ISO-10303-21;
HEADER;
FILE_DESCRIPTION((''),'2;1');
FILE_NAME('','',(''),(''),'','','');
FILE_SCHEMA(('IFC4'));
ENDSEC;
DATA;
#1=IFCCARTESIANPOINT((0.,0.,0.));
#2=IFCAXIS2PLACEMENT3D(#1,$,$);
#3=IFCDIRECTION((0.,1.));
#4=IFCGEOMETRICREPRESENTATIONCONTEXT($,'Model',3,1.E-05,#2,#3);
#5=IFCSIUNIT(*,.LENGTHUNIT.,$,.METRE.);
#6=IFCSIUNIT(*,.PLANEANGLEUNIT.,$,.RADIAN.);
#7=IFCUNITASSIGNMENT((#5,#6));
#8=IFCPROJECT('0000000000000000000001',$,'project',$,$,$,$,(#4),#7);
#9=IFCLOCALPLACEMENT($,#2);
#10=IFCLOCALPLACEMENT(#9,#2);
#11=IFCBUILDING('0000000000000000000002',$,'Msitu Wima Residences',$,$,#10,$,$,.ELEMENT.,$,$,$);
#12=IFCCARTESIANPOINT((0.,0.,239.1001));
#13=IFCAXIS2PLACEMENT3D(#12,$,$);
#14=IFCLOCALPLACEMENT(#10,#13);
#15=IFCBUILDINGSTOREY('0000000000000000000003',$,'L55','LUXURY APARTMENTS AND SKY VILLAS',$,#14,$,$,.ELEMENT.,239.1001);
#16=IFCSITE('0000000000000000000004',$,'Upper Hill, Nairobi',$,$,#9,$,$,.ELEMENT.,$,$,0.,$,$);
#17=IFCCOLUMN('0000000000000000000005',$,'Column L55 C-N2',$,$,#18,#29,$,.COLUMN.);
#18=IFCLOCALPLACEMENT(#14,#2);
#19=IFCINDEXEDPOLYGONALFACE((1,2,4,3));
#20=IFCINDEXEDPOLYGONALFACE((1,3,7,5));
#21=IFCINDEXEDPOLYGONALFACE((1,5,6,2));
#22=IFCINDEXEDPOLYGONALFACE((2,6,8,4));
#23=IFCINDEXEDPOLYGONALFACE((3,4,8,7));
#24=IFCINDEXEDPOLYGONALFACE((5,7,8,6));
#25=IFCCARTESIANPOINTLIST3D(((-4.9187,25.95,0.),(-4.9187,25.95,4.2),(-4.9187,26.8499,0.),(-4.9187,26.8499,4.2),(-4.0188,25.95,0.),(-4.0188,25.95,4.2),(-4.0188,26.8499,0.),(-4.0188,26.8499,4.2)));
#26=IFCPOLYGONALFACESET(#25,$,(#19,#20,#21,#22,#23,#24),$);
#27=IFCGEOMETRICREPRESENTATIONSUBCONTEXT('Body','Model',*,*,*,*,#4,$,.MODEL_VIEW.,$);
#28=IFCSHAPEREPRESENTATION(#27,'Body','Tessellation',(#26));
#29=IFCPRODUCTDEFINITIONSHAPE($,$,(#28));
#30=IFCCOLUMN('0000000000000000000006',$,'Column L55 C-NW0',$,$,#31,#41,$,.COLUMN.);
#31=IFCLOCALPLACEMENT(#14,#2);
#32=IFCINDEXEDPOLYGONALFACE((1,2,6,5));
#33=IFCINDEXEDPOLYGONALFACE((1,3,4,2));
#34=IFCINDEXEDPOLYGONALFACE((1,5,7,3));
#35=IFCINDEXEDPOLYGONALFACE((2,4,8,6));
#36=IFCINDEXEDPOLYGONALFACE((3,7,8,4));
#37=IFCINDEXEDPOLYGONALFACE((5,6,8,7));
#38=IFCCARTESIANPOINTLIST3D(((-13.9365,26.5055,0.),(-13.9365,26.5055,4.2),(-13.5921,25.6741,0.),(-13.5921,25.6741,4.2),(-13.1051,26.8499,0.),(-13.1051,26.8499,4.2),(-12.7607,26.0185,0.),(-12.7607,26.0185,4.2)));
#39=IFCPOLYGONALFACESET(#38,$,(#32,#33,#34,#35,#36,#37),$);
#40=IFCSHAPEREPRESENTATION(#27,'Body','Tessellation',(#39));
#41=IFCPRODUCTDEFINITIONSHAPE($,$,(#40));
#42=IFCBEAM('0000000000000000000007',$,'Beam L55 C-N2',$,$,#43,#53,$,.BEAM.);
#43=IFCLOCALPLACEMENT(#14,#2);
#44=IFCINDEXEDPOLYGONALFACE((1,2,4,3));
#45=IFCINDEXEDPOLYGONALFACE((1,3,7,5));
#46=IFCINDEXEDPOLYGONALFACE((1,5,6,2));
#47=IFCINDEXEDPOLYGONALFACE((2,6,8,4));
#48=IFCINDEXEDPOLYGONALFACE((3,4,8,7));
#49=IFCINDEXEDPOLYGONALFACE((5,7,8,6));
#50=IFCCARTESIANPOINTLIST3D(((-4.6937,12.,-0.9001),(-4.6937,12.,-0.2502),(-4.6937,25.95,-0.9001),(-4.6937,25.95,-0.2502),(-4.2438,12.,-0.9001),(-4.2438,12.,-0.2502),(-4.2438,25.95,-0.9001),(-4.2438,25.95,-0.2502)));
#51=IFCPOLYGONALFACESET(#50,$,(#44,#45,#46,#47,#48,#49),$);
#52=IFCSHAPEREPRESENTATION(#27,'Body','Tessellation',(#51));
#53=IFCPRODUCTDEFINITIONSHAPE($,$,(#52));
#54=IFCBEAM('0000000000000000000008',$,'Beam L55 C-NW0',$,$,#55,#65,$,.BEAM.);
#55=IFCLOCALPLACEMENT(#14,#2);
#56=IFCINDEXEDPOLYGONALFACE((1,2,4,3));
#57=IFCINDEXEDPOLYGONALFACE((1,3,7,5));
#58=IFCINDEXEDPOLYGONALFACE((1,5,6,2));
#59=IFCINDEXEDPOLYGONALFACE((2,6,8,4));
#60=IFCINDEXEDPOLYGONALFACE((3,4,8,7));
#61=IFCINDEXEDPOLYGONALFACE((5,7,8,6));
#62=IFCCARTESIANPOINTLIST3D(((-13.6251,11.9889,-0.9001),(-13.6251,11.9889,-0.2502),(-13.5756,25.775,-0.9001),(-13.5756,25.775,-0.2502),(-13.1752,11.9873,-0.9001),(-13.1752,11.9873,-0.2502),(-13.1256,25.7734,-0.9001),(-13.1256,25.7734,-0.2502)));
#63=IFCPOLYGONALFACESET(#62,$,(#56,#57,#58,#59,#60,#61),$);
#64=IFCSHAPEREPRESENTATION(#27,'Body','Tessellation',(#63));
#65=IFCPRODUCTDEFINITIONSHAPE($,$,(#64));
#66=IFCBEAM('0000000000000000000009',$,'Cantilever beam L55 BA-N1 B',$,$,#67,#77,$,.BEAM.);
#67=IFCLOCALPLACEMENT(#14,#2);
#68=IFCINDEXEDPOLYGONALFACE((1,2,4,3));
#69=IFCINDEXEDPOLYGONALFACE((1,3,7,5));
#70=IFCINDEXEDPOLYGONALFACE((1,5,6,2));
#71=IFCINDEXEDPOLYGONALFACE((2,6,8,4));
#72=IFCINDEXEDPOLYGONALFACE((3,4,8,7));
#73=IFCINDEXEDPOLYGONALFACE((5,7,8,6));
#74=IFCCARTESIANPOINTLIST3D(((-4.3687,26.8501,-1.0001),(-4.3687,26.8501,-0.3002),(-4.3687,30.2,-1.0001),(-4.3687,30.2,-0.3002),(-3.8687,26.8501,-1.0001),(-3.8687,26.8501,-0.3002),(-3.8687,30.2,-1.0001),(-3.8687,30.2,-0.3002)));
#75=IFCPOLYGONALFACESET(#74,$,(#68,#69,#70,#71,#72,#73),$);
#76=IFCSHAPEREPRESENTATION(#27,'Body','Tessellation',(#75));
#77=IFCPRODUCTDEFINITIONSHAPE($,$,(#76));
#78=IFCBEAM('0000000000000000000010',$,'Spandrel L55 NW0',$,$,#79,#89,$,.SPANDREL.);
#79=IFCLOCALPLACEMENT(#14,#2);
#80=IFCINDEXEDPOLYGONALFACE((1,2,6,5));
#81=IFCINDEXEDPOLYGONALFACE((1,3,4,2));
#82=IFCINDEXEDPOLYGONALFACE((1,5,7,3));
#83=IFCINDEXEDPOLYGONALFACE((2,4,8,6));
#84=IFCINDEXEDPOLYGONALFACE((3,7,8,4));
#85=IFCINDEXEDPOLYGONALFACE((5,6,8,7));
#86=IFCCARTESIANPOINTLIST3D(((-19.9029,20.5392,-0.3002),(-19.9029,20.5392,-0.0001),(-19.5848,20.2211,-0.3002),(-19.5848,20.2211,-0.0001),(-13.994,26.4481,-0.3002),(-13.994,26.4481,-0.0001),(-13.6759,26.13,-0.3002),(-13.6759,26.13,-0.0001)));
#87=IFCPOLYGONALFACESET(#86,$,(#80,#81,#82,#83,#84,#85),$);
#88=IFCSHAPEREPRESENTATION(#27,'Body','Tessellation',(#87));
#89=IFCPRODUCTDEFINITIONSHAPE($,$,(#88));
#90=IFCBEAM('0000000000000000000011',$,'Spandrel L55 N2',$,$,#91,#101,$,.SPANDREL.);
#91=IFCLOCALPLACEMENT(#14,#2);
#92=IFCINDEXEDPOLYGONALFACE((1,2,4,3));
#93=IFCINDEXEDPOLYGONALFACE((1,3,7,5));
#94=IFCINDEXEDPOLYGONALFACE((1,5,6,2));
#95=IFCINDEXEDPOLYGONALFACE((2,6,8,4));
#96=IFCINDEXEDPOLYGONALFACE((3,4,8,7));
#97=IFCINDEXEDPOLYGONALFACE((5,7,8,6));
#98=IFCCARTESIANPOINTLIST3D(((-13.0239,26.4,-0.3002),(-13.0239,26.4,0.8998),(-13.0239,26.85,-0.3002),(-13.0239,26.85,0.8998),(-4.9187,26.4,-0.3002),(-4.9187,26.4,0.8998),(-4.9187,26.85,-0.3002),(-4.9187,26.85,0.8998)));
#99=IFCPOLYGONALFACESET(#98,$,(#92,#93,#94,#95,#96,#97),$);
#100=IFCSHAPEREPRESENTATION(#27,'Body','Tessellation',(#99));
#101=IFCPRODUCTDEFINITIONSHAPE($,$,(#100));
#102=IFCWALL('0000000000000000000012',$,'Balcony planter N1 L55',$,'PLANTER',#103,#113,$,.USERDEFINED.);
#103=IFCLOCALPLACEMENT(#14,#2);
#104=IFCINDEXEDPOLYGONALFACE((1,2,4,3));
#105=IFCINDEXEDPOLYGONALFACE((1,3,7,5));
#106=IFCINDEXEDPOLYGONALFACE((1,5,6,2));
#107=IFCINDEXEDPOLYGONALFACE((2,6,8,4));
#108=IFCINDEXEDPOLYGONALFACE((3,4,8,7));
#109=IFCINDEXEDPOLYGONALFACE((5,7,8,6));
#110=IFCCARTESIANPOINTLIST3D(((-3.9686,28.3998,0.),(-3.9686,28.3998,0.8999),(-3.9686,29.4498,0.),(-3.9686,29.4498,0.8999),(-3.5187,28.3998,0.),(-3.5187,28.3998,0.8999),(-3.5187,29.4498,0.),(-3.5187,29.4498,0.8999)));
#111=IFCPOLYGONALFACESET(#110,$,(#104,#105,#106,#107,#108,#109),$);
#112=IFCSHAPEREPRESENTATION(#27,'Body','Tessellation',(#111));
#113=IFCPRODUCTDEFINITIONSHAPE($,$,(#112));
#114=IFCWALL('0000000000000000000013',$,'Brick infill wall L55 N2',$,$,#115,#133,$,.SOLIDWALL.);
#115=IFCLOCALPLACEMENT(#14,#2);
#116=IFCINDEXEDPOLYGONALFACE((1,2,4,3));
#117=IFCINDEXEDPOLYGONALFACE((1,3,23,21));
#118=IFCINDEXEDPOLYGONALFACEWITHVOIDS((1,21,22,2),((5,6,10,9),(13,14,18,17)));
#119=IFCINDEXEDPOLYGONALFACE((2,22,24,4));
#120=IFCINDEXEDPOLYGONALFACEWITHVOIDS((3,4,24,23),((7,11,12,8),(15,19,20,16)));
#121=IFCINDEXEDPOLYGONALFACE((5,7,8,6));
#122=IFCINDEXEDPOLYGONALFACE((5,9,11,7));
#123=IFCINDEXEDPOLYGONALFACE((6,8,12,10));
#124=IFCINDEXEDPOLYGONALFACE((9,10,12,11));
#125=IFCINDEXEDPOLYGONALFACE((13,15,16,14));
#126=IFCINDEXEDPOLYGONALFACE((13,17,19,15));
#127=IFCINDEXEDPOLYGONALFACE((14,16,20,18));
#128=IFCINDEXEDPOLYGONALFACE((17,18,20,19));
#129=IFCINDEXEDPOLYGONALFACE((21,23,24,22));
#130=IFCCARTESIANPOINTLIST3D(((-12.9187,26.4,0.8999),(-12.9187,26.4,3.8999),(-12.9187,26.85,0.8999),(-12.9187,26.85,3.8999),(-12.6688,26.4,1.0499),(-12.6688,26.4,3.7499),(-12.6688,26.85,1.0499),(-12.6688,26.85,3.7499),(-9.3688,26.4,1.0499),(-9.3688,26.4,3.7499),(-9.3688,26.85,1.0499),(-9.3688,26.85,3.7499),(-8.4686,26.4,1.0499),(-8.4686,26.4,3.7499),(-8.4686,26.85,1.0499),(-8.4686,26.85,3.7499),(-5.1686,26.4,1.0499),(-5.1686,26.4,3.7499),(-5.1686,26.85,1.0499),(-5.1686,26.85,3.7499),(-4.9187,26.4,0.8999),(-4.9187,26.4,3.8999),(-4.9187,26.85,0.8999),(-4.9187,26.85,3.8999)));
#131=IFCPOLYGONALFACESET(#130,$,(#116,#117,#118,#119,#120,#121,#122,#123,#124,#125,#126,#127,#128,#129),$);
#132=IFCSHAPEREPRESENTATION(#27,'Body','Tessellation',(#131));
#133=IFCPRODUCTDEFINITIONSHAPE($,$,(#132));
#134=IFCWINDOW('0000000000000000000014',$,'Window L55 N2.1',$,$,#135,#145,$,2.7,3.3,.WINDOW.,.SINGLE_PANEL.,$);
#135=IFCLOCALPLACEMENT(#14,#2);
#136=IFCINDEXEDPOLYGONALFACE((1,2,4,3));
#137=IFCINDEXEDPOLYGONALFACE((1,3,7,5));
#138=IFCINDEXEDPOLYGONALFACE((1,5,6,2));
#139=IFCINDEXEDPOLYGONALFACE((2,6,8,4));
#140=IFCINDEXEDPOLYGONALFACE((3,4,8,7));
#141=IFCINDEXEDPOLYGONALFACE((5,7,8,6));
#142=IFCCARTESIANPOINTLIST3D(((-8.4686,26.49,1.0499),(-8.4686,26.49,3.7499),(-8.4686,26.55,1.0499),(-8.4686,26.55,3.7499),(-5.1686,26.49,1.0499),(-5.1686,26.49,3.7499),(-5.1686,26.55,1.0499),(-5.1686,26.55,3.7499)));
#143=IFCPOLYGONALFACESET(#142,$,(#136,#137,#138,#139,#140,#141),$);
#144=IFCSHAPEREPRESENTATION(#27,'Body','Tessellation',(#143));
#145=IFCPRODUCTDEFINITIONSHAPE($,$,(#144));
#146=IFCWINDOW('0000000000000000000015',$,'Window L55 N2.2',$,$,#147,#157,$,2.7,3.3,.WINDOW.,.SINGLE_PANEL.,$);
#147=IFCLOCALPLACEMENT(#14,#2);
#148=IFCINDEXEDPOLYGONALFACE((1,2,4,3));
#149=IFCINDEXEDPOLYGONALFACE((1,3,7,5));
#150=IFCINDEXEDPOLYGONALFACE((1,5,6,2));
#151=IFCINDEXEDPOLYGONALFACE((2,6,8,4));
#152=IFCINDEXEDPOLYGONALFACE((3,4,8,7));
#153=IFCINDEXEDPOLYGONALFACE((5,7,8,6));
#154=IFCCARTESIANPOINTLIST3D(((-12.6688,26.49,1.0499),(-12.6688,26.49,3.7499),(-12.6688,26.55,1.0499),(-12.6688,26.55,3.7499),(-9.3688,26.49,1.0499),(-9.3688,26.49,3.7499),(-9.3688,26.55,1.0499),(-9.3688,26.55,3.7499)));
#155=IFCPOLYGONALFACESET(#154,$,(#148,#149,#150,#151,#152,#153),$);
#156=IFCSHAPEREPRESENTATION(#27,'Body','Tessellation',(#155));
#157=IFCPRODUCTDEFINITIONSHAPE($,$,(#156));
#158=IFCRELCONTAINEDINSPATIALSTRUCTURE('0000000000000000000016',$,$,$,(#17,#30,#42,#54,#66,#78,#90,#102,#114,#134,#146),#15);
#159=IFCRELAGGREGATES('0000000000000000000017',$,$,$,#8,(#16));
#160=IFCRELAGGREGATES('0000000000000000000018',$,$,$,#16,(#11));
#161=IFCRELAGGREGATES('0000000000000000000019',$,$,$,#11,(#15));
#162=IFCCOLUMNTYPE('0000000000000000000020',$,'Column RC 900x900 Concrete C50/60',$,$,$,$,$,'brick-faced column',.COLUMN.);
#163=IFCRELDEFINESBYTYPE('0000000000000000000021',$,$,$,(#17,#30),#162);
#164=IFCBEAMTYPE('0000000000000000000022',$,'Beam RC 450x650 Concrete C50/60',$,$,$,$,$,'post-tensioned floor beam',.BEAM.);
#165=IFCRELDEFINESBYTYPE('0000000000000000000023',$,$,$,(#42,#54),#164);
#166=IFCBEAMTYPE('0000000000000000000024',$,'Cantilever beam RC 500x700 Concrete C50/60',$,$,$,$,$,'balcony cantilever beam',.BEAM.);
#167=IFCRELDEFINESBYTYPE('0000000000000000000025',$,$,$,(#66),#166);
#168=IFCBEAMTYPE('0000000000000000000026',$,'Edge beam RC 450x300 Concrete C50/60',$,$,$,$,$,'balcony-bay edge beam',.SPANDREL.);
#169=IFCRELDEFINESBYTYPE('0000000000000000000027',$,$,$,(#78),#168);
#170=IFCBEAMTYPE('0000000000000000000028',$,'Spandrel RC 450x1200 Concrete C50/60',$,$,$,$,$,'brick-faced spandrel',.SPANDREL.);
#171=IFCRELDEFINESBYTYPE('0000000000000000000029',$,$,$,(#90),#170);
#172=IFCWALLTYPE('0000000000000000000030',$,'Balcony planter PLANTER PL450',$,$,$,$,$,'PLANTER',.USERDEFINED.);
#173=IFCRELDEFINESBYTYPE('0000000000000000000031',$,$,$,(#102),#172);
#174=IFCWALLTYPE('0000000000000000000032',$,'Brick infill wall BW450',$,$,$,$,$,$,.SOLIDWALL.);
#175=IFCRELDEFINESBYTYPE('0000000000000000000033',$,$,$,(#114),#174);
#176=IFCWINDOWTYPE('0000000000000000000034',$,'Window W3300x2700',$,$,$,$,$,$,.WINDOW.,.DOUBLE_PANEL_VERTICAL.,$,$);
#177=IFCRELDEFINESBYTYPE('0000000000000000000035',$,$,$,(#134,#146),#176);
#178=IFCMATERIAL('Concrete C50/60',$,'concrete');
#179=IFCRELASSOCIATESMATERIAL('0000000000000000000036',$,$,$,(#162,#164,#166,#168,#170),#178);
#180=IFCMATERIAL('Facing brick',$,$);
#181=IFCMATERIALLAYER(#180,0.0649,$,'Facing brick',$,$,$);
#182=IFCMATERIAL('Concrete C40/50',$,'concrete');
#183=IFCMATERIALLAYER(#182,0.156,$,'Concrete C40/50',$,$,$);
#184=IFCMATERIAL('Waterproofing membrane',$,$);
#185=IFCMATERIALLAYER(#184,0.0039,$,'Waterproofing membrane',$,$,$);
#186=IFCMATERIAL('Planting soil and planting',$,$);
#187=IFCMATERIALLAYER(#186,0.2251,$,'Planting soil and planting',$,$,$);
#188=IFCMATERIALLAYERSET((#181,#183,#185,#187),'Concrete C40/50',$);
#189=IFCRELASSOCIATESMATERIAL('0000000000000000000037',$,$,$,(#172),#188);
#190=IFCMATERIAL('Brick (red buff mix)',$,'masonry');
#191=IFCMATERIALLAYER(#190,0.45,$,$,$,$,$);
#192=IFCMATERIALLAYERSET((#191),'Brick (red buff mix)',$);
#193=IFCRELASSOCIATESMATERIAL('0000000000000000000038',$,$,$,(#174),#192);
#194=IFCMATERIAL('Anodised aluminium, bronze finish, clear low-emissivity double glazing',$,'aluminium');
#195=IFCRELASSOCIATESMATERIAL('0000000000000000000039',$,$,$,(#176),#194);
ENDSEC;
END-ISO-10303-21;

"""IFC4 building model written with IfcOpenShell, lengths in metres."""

from ifc_helpers import new_model, si_unit, direction, frame, frame_2d, origin, origin_2d, place, context, subcontext, project, spatial, rectangle, extrude, material, layer, layer_set, material_profile, profile_set, type_object, element, fill, save


model = new_model("IFC4")

# Units and contexts
model_context = context("Model", 3, precision=1e-05, world=origin(), true_north=direction((0.0, 1.0)))
body_context = subcontext(model_context, "Body", "Model", "MODEL_VIEW")
ifc_project = project(units=[si_unit("LENGTHUNIT", "METRE"), si_unit("PLANEANGLEUNIT", "RADIAN")], contexts=[model_context])

# Site, building, storey
site_placement = place(None, origin())
site = spatial("IfcSite", under=ifc_project, at=site_placement, Name="Upper Hill, Nairobi", CompositionType="ELEMENT", RefElevation=0.0)
building_placement = place(site_placement, origin())
building = spatial("IfcBuilding", under=site, at=building_placement, Name="Msitu Wima Residences", CompositionType="ELEMENT")
storey_placement = place(building_placement, frame((0.0, 0.0, 239.1001)))
storey = spatial("IfcBuildingStorey", under=building, at=storey_placement, Name="L55", Description="LUXURY APARTMENTS AND SKY VILLAS", CompositionType="ELEMENT", Elevation=239.1001)

# Columns
ifc_material_1 = material(Name="Concrete C50/60", Category="concrete")
ifc_material_profile_1 = material_profile(ifc_material_1, rectangle(XDim=0.8999, YDim=0.8999, at=origin_2d()), Name="RC 900x900")
ifc_profile_set_1 = profile_set([ifc_material_profile_1], Name="Concrete C50/60")
column_type = type_object("IfcColumnType", Name="Column RC 900x900 Concrete C50/60", ElementType="brick-faced column", PredefinedType="COLUMN", material=ifc_profile_set_1)
for number, where, z_axis, x_axis, name in (
    (1, (-4.4688, 26.3999, 0.0), (0.0, 0.0, 1.0), (-1.0, 0.0, 0.0), "Column L55 C-N2"),
    (2, (-13.3486, 26.262, 0.0), (0.0, 0.0, 1.0), (-0.92388, -0.382683, 0.0), "Column L55 C-NW0"),
):
    element("IfcColumn", number, at=place(storey_placement, frame(where, z_axis=z_axis, x_axis=x_axis)), inside=storey, type_object=column_type, Name=name, PredefinedType="COLUMN", context=body_context, shape_type="SweptSolid", body=[
        extrude(rectangle(XDim=0.8999, YDim=0.8999, at=origin_2d()), origin(), (0.0, 0.0, 1.0), 4.2),
    ])

# Beams
ifc_material_profile_2 = material_profile(ifc_material_1, rectangle(XDim=0.45, YDim=0.6499, at=origin_2d()), Name="RC 450x650")
ifc_profile_set_2 = profile_set([ifc_material_profile_2], Name="Concrete C50/60")
beam_type_1 = type_object("IfcBeamType", Name="Beam RC 450x650 Concrete C50/60", ElementType="post-tensioned floor beam", PredefinedType="BEAM", material=ifc_profile_set_2)
beam_1_placement = place(storey_placement, frame((-4.4688, 25.95, -0.5752), z_axis=(0.0, -1.0, 0.0), x_axis=(1.0, 0.0, 0.0)))
element("IfcBeam", 3, at=beam_1_placement, inside=storey, type_object=beam_type_1, Name="Beam L55 C-N2", PredefinedType="BEAM", context=body_context, shape_type="SweptSolid", body=[
    extrude(rectangle(XDim=0.45, YDim=0.6499, at=origin_2d()), origin(), (0.0, 0.0, 1.0), 13.95),
])
beam_2_placement = place(storey_placement, frame((-13.3506, 25.7742, -0.5752), z_axis=(-0.003595, -0.999994, 0.0), x_axis=(0.999994, -0.003595, 0.0)))
element("IfcBeam", 4, at=beam_2_placement, inside=storey, type_object=beam_type_1, Name="Beam L55 C-NW0", PredefinedType="BEAM", context=body_context, shape_type="SweptSolid", body=[
    extrude(rectangle(XDim=0.45, YDim=0.6499, at=origin_2d()), origin(), (0.0, 0.0, 1.0), 13.7861),
])
ifc_material_profile_3 = material_profile(ifc_material_1, rectangle(XDim=0.5, YDim=0.7, at=origin_2d()), Name="RC 500x700")
ifc_profile_set_3 = profile_set([ifc_material_profile_3], Name="Concrete C50/60")
beam_type_2 = type_object("IfcBeamType", Name="Cantilever beam RC 500x700 Concrete C50/60", ElementType="balcony cantilever beam", PredefinedType="BEAM", material=ifc_profile_set_3)
beam_3_placement = place(storey_placement, frame((-4.1187, 26.8501, -0.6501), z_axis=(0.0, 1.0, 0.0), x_axis=(-1.0, 0.0, 0.0)))
element("IfcBeam", 5, at=beam_3_placement, inside=storey, type_object=beam_type_2, Name="Cantilever beam L55 BA-N1 B", PredefinedType="BEAM", context=body_context, shape_type="SweptSolid", body=[
    extrude(rectangle(XDim=0.5, YDim=0.7, at=origin_2d()), origin(), (0.0, 0.0, 1.0), 3.3499),
])
ifc_material_profile_4 = material_profile(ifc_material_1, rectangle(XDim=0.45, YDim=0.3, at=origin_2d()), Name="RC 450x300")
ifc_profile_set_4 = profile_set([ifc_material_profile_4], Name="Concrete C50/60")
beam_type_3 = type_object("IfcBeamType", Name="Edge beam RC 450x300 Concrete C50/60", ElementType="balcony-bay edge beam", PredefinedType="SPANDREL", material=ifc_profile_set_4)
beam_4_placement = place(storey_placement, frame((-13.835, 26.2891, -0.1501), z_axis=(-0.707107, -0.707107, 0.0), x_axis=(0.707107, -0.707107, 0.0)))
element("IfcBeam", 6, at=beam_4_placement, inside=storey, type_object=beam_type_3, Name="Spandrel L55 NW0", PredefinedType="SPANDREL", context=body_context, shape_type="SweptSolid", body=[
    extrude(rectangle(XDim=0.45, YDim=0.3, at=origin_2d()), origin(), (0.0, 0.0, 1.0), 8.3564),
])
ifc_material_profile_5 = material_profile(ifc_material_1, rectangle(XDim=0.45, YDim=1.2, at=origin_2d()), Name="RC 450x1200")
ifc_profile_set_5 = profile_set([ifc_material_profile_5], Name="Concrete C50/60")
beam_type_4 = type_object("IfcBeamType", Name="Spandrel RC 450x1200 Concrete C50/60", ElementType="brick-faced spandrel", PredefinedType="SPANDREL", material=ifc_profile_set_5)
beam_5_placement = place(storey_placement, frame((-4.9187, 26.625, 0.2998), z_axis=(-1.0, 0.0, 0.0), x_axis=(0.0, -1.0, 0.0)))
element("IfcBeam", 7, at=beam_5_placement, inside=storey, type_object=beam_type_4, Name="Spandrel L55 N2", PredefinedType="SPANDREL", context=body_context, shape_type="SweptSolid", body=[
    extrude(rectangle(XDim=0.45, YDim=1.2, at=origin_2d()), origin(), (0.0, 0.0, 1.0), 8.1052),
])

# Wall
ifc_material_2 = material(Name="Facing brick")
ifc_layer_1 = layer(ifc_material_2, 0.0649, Name="Facing brick")
ifc_material_3 = material(Name="Concrete C40/50", Category="concrete")
ifc_layer_2 = layer(ifc_material_3, 0.156, Name="Concrete C40/50")
ifc_material_4 = material(Name="Waterproofing membrane")
ifc_layer_3 = layer(ifc_material_4, 0.0039, Name="Waterproofing membrane")
ifc_material_5 = material(Name="Planting soil and planting")
ifc_layer_4 = layer(ifc_material_5, 0.2251, Name="Planting soil and planting")
ifc_layer_set_1 = layer_set([ifc_layer_1, ifc_layer_2, ifc_layer_3, ifc_layer_4], Name="Concrete C40/50")
wall_type_1 = type_object("IfcWallType", Name="Balcony planter PLANTER PL450", ElementType="PLANTER", PredefinedType="USERDEFINED", material=ifc_layer_set_1)
wall_1_placement = place(storey_placement, frame((-3.7437, 28.3999, 0.0), z_axis=(0.0, 0.0, 1.0), x_axis=(0.0, 1.0, 0.0)))
element("IfcWall", 8, at=wall_1_placement, inside=storey, type_object=wall_type_1, Name="Balcony planter N1 L55", ObjectType="PLANTER", PredefinedType="USERDEFINED", context=body_context, shape_type="SweptSolid", body=[
    extrude(rectangle(XDim=1.05, YDim=0.45, at=frame_2d((0.5249, 0.0))), origin(), (0.0, 0.0, 1.0), 0.8999),
])

# Wall, openings, windows
ifc_material_6 = material(Name="Brick (red buff mix)", Category="masonry")
ifc_layer_5 = layer(ifc_material_6, 0.45)
ifc_layer_set_2 = layer_set([ifc_layer_5], Name="Brick (red buff mix)")
wall_type_2 = type_object("IfcWallType", Name="Brick infill wall BW450", PredefinedType="SOLIDWALL", material=ifc_layer_set_2)
wall_2_placement = place(storey_placement, frame((-4.9187, 26.625, 0.8999), z_axis=(0.0, 0.0, 1.0), x_axis=(-1.0, 0.0, 0.0)))
wall_2 = element("IfcWall", 9, at=wall_2_placement, inside=storey, type_object=wall_type_2, Name="Brick infill wall L55 N2", PredefinedType="SOLIDWALL", context=body_context, shape_type="SweptSolid", body=[
    extrude(rectangle(XDim=8.0, YDim=0.45, at=frame_2d((4.0, 0.0))), origin(), (0.0, 0.0, 1.0), 3.0),
])
opening_1_placement = place(wall_2_placement, frame((0.25, 0.0, 0.1499)))
opening_1 = element("IfcOpeningElement", 10, at=opening_1_placement, cuts=wall_2, PredefinedType="OPENING", context=body_context, shape_type="SweptSolid", body=[
    extrude(rectangle(XDim=3.3, YDim=2.7, at=frame_2d((1.6499, 1.3501))), frame((0.0, 0.2349, 0.0), z_axis=(0.0, -1.0, 0.0), x_axis=(1.0, 0.0, 0.0)), (0.0, 0.0, 1.0), 0.47),
])
opening_2_placement = place(wall_2_placement, frame((4.4502, 0.0, 0.1499)))
opening_2 = element("IfcOpeningElement", 11, at=opening_2_placement, cuts=wall_2, PredefinedType="OPENING", context=body_context, shape_type="SweptSolid", body=[
    extrude(rectangle(XDim=3.3, YDim=2.7, at=frame_2d((1.6499, 1.3501))), frame((0.0, 0.2349, 0.0), z_axis=(0.0, -1.0, 0.0), x_axis=(1.0, 0.0, 0.0)), (0.0, 0.0, 1.0), 0.47),
])
ifc_material_7 = material(Name="Anodised aluminium, bronze finish, clear low-emissivity double glazing", Category="aluminium")
window_type = type_object("IfcWindowType", Name="Window W3300x2700", PartitioningType="DOUBLE_PANEL_VERTICAL", PredefinedType="WINDOW", material=ifc_material_7)
window_1_placement = place(opening_1_placement, origin())
window_1 = element("IfcWindow", 12, at=window_1_placement, inside=storey, type_object=window_type, Name="Window L55 N2.1", OverallHeight=2.7, OverallWidth=3.3, PartitioningType="SINGLE_PANEL", PredefinedType="WINDOW", context=body_context, shape_type="SweptSolid", body=[
    extrude(rectangle(XDim=3.3, YDim=2.7, at=frame_2d((1.6499, 1.3501))), frame((0.0, 0.135, 0.0), z_axis=(0.0, -1.0, 0.0), x_axis=(1.0, 0.0, 0.0)), (0.0, 0.0, 1.0), 0.0601),
])
fill(opening_1, window_1)
window_2_placement = place(opening_2_placement, origin())
window_2 = element("IfcWindow", 13, at=window_2_placement, inside=storey, type_object=window_type, Name="Window L55 N2.2", OverallHeight=2.7, OverallWidth=3.3, PartitioningType="SINGLE_PANEL", PredefinedType="WINDOW", context=body_context, shape_type="SweptSolid", body=[
    extrude(rectangle(XDim=3.3, YDim=2.7, at=frame_2d((1.6499, 1.3501))), frame((0.0, 0.135, 0.0), z_axis=(0.0, -1.0, 0.0), x_axis=(1.0, 0.0, 0.0)), (0.0, 0.0, 1.0), 0.0601),
])
fill(opening_2, window_2)

save(model, "model.ifc")
